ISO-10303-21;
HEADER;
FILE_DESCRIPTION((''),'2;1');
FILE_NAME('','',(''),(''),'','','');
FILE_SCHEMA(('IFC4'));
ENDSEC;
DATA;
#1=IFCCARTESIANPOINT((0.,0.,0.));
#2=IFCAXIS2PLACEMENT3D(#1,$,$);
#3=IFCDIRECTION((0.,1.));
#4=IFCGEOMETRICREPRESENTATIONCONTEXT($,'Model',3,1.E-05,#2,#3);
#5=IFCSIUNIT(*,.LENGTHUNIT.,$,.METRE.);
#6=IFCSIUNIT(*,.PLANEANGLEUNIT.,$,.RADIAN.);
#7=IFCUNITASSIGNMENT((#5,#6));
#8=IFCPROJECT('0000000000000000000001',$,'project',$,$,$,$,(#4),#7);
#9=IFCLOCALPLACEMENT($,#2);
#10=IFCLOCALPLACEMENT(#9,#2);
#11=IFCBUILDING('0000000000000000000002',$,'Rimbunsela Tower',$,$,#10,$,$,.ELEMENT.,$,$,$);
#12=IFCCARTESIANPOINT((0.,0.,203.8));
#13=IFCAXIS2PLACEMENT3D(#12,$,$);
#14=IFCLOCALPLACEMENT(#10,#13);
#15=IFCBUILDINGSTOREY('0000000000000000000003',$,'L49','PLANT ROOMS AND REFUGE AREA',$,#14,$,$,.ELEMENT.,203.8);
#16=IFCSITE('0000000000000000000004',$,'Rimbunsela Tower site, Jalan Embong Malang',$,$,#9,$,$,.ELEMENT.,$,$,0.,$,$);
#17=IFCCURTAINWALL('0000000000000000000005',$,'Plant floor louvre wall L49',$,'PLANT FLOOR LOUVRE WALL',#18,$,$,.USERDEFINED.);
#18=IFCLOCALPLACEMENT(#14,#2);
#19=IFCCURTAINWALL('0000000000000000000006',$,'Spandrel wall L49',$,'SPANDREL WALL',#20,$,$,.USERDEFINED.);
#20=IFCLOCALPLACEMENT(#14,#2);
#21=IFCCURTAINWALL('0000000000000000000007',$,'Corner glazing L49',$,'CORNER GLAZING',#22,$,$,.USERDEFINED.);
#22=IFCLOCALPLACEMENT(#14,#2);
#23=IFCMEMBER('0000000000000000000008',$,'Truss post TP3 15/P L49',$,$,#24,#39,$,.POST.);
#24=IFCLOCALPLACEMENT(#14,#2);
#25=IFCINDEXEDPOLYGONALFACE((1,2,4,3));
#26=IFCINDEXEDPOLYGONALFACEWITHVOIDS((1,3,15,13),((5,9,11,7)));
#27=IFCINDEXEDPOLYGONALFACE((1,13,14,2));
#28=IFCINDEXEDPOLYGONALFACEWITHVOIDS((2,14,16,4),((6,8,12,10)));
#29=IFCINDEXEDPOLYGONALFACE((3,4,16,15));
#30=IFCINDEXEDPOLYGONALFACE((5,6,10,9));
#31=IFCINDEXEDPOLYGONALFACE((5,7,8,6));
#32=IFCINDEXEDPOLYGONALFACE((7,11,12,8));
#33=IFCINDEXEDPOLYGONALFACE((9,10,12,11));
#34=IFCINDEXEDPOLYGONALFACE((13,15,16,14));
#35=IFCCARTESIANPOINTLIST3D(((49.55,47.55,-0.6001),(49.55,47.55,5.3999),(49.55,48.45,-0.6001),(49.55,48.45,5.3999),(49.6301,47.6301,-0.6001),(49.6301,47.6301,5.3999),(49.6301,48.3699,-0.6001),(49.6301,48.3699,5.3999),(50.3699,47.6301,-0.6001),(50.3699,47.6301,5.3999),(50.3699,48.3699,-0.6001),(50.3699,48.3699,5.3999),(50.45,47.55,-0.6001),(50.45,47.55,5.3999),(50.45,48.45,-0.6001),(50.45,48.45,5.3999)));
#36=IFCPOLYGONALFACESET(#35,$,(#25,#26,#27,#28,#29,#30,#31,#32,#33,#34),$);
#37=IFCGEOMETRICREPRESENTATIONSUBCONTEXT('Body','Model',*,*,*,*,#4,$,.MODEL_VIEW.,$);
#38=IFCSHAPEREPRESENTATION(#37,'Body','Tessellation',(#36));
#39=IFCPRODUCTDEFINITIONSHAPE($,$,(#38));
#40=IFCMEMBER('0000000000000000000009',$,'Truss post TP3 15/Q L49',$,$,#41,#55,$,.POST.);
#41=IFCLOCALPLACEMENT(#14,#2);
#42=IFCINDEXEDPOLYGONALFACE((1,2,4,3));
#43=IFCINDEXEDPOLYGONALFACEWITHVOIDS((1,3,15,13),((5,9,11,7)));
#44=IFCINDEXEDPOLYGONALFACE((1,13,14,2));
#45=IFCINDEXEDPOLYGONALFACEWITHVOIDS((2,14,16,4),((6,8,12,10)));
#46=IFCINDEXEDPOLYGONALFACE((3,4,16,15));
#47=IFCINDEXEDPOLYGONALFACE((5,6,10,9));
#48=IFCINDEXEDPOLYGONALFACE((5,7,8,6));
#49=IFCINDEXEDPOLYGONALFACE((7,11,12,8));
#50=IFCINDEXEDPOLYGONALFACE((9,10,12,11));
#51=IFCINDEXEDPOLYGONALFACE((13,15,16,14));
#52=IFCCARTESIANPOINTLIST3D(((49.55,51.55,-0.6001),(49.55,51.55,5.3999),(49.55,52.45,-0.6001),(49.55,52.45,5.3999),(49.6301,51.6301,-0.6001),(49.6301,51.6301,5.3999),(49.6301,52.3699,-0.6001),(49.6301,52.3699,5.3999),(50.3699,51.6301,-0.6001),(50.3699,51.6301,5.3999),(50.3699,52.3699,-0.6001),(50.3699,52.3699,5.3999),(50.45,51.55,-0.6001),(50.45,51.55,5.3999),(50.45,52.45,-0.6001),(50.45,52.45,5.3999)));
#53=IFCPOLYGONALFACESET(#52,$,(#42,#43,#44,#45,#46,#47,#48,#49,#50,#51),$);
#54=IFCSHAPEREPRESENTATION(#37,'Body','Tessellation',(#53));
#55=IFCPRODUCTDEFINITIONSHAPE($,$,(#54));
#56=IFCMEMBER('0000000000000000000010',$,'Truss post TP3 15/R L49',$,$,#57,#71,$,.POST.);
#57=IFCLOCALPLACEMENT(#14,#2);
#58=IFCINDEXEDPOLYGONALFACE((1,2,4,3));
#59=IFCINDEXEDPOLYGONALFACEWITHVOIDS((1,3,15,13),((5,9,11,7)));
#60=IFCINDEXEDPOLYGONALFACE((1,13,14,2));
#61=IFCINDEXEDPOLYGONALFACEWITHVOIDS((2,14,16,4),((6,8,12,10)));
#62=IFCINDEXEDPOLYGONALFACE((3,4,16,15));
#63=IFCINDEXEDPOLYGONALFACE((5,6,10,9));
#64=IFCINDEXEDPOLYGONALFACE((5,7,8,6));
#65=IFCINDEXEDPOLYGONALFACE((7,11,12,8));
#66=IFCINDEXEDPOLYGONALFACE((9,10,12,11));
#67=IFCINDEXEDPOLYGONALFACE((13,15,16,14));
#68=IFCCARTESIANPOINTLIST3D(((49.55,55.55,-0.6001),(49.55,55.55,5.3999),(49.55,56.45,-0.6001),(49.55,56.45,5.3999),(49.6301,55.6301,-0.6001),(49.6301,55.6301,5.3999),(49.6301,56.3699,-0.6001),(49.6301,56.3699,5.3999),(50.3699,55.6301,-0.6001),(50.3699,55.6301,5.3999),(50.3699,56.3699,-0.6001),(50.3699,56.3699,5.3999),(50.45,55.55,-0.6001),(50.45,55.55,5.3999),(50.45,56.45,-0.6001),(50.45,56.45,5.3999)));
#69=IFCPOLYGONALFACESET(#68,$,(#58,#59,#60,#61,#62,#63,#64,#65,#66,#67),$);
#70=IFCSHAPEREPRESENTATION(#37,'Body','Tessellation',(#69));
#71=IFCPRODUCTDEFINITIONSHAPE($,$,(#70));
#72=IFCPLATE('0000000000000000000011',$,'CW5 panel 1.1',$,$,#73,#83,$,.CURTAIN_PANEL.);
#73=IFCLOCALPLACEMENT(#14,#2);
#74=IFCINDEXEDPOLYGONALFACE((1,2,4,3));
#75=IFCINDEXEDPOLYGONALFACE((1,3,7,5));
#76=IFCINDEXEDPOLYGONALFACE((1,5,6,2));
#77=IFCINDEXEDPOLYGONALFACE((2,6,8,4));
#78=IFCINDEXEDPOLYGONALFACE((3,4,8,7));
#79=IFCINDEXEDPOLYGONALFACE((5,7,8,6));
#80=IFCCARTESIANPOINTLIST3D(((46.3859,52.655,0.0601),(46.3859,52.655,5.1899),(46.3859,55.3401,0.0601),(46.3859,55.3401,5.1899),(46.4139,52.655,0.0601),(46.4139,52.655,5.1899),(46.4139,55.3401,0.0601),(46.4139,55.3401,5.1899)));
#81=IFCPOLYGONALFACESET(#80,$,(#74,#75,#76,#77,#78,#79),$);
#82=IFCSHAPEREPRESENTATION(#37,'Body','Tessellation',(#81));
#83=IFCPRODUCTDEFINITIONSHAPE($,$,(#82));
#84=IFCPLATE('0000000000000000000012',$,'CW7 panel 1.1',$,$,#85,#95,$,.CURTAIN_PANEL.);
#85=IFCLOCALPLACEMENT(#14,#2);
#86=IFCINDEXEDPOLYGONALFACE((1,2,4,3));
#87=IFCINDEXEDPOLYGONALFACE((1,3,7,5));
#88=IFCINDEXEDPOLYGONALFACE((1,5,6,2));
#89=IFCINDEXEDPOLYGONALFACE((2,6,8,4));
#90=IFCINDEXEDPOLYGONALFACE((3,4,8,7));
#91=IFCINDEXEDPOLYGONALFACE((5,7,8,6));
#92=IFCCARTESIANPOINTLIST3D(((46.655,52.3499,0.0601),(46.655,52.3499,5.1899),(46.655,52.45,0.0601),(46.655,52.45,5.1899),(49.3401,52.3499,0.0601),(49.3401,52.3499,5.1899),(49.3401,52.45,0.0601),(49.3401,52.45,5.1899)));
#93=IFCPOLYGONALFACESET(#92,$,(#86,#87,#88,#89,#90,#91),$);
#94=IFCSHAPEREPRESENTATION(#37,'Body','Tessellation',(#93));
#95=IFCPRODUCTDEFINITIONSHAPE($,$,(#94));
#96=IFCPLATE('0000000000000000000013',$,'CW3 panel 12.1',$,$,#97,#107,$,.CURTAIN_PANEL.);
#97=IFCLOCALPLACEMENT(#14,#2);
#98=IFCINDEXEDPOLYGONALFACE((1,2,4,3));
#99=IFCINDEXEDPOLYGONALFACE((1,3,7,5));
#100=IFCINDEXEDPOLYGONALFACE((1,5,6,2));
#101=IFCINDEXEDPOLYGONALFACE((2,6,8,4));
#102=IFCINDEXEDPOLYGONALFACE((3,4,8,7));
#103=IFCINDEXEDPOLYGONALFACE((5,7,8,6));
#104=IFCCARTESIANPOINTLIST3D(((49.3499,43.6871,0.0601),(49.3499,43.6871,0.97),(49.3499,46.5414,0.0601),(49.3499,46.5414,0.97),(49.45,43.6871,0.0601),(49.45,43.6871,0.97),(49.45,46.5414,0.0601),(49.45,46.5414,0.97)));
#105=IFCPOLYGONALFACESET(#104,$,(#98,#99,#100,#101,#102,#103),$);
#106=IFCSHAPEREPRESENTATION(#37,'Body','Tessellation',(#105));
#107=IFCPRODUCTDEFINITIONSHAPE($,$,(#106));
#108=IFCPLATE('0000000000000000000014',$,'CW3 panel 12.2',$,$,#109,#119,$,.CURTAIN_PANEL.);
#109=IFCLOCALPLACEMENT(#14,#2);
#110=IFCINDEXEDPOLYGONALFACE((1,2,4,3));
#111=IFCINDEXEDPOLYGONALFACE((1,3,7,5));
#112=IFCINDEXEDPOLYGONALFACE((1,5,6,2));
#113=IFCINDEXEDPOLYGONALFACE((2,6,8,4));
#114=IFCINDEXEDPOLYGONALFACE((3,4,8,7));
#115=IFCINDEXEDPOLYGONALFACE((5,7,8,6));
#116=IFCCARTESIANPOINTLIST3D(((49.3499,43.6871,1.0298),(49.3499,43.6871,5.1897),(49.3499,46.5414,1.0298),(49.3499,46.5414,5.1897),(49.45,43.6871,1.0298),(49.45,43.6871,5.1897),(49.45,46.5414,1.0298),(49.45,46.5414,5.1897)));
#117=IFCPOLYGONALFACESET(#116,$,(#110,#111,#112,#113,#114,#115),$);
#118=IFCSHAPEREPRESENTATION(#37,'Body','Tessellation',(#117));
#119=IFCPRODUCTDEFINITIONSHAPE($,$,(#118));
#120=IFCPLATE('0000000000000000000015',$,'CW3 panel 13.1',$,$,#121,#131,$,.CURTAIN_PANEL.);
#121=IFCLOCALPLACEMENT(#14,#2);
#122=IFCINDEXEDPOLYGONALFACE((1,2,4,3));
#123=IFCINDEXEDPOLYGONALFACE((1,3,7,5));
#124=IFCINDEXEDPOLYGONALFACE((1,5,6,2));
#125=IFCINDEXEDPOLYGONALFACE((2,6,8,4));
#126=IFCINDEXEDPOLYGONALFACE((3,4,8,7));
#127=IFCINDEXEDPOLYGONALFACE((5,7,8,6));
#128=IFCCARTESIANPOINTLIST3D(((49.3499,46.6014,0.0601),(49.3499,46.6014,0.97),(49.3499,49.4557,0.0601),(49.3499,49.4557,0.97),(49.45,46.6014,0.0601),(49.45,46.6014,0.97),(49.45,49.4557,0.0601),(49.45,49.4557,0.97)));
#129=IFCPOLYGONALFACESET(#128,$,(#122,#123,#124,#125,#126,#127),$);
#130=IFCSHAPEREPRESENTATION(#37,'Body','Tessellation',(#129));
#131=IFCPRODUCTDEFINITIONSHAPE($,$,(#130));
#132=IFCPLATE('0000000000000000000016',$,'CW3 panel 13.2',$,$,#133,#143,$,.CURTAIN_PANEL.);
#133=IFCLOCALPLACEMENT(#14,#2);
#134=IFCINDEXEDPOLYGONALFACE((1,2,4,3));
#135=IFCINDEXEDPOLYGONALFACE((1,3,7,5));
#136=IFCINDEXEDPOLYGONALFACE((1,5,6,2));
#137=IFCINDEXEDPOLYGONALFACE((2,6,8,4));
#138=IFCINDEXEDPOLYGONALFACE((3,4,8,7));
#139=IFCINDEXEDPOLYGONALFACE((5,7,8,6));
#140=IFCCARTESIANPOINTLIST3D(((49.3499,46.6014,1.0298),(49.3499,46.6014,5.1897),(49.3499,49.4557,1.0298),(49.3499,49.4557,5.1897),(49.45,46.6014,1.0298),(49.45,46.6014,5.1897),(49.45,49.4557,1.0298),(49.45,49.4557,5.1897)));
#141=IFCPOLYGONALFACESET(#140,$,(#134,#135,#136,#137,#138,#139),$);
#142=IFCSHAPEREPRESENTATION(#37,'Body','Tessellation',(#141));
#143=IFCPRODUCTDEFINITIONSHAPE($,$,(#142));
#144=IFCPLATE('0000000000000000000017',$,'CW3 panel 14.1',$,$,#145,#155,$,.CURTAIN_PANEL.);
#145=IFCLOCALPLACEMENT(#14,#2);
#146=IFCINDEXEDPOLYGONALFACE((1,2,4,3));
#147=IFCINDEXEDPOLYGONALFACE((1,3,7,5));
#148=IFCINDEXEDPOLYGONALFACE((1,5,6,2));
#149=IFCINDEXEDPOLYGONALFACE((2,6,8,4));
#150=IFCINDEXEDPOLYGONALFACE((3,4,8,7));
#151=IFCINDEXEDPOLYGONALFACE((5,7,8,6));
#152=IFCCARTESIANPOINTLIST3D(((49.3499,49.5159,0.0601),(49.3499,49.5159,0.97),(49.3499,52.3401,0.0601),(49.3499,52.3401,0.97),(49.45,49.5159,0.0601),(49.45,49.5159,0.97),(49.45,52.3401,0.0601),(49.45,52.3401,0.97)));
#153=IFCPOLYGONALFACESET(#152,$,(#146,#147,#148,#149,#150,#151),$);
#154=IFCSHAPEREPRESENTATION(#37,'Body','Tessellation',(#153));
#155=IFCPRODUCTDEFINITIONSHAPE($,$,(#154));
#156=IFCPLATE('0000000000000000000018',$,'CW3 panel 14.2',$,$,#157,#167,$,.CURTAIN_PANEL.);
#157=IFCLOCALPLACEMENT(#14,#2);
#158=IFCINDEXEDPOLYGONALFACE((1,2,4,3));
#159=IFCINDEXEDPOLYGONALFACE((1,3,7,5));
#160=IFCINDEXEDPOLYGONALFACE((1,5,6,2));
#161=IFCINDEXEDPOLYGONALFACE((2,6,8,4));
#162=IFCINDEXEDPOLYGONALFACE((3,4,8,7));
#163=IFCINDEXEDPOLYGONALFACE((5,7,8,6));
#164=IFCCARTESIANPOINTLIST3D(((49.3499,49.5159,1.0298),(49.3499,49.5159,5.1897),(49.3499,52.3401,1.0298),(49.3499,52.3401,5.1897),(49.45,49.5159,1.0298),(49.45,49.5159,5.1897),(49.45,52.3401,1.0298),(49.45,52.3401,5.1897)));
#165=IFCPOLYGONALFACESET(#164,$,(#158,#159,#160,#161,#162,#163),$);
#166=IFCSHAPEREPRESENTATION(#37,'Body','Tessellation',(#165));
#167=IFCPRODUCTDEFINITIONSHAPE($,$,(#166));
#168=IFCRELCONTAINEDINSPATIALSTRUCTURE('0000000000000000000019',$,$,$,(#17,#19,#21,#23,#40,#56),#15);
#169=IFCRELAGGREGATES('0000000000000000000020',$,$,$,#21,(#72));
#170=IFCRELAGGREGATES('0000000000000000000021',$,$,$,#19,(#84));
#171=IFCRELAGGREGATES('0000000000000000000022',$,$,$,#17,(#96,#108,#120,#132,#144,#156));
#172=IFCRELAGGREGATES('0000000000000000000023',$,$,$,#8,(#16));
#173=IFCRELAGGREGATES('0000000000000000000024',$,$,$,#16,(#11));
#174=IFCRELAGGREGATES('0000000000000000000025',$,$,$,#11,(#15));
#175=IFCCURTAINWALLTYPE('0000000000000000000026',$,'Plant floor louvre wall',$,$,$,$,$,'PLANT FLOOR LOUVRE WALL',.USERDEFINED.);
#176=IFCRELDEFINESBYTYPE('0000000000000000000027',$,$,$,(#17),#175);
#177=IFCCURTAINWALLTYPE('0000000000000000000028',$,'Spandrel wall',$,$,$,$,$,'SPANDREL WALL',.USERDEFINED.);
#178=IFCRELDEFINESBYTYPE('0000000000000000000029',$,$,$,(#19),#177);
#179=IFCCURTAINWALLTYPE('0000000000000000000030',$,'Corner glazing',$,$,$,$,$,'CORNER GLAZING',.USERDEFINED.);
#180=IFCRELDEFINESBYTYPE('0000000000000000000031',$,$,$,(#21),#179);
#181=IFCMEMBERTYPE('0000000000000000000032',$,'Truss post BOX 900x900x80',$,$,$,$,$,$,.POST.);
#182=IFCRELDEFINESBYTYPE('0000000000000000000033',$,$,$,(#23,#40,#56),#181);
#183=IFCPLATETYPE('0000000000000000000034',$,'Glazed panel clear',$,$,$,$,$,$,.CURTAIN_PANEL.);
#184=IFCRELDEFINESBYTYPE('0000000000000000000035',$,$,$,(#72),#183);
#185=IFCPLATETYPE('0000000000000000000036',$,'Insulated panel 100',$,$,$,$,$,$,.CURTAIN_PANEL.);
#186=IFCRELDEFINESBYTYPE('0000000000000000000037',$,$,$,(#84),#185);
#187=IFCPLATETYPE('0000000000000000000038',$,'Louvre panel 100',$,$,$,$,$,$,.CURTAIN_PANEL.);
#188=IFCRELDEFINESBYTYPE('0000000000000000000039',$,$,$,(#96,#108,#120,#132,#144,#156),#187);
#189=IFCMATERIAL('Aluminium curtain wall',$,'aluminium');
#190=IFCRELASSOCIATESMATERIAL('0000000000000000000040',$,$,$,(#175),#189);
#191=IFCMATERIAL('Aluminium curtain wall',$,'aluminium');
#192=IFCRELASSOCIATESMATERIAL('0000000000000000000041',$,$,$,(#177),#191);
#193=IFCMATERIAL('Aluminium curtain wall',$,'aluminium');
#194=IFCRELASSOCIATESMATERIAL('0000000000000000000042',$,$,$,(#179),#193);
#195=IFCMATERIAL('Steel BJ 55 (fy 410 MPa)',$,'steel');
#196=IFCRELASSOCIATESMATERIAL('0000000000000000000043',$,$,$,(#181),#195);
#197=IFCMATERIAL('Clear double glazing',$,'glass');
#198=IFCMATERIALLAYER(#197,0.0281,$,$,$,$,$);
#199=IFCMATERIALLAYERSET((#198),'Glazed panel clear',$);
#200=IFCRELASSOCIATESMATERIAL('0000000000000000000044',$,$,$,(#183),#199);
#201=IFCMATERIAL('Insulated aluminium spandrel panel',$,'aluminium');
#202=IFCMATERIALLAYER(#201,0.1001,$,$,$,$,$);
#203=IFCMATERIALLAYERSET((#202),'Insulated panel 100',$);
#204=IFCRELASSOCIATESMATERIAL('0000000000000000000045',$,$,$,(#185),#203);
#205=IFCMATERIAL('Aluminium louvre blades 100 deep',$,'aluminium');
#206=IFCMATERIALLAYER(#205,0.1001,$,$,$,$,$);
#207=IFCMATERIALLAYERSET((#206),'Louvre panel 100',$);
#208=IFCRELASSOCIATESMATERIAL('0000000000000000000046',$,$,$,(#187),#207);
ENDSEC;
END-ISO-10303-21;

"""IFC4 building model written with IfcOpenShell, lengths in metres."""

from ifc_helpers import new_model, si_unit, direction, frame, origin, origin_2d, place, context, subcontext, project, spatial, rectangle, hollow_rectangle, extrude, material, layer, layer_set, material_profile, profile_set, type_object, element, aggregate, save


model = new_model("IFC4")

# Units and contexts
model_context = context("Model", 3, precision=1e-05, world=origin(), true_north=direction((0.0, 1.0)))
body_context = subcontext(model_context, "Body", "Model", "MODEL_VIEW")
ifc_project = project(units=[si_unit("LENGTHUNIT", "METRE"), si_unit("PLANEANGLEUNIT", "RADIAN")], contexts=[model_context])

# Site, building, storey
site_placement = place(None, origin())
site = spatial("IfcSite", under=ifc_project, at=site_placement, Name="Rimbunsela Tower site, Jalan Embong Malang", CompositionType="ELEMENT", RefElevation=0.0)
building_placement = place(site_placement, origin())
building = spatial("IfcBuilding", under=site, at=building_placement, Name="Rimbunsela Tower", CompositionType="ELEMENT")
storey_placement = place(building_placement, frame((0.0, 0.0, 203.8)))
storey = spatial("IfcBuildingStorey", under=building, at=storey_placement, Name="L49", Description="PLANT ROOMS AND REFUGE AREA", CompositionType="ELEMENT", Elevation=203.8)

# Curtain walls
ifc_material_1 = material(Name="Aluminium curtain wall", Category="aluminium")
curtain_wall_type_1 = type_object("IfcCurtainWallType", Name="Plant floor louvre wall", ElementType="PLANT FLOOR LOUVRE WALL", PredefinedType="USERDEFINED", material=ifc_material_1)
curtain_wall_1_placement = place(storey_placement, origin())
curtain_wall_1 = element("IfcCurtainWall", 1, at=curtain_wall_1_placement, inside=storey, type_object=curtain_wall_type_1, Name="Plant floor louvre wall L49", ObjectType="PLANT FLOOR LOUVRE WALL", PredefinedType="USERDEFINED")
ifc_material_2 = material(Name="Aluminium curtain wall", Category="aluminium")
curtain_wall_type_2 = type_object("IfcCurtainWallType", Name="Spandrel wall", ElementType="SPANDREL WALL", PredefinedType="USERDEFINED", material=ifc_material_2)
curtain_wall_2_placement = place(storey_placement, origin())
curtain_wall_2 = element("IfcCurtainWall", 2, at=curtain_wall_2_placement, inside=storey, type_object=curtain_wall_type_2, Name="Spandrel wall L49", ObjectType="SPANDREL WALL", PredefinedType="USERDEFINED")
ifc_material_3 = material(Name="Aluminium curtain wall", Category="aluminium")
curtain_wall_type_3 = type_object("IfcCurtainWallType", Name="Corner glazing", ElementType="CORNER GLAZING", PredefinedType="USERDEFINED", material=ifc_material_3)
curtain_wall_3_placement = place(storey_placement, origin())
curtain_wall_3 = element("IfcCurtainWall", 3, at=curtain_wall_3_placement, inside=storey, type_object=curtain_wall_type_3, Name="Corner glazing L49", ObjectType="CORNER GLAZING", PredefinedType="USERDEFINED")

# Members
ifc_material_4 = material(Name="Steel BJ 55 (fy 410 MPa)", Category="steel")
ifc_material_profile_1 = material_profile(ifc_material_4, hollow_rectangle(XDim=0.8999, YDim=0.8999, WallThickness=0.0801, at=origin_2d()), Name="BOX 900x900x80")
ifc_profile_set_1 = profile_set([ifc_material_profile_1], Name="Steel BJ 55 (fy 410 MPa)")
member_type_1 = type_object("IfcMemberType", Name="Truss post BOX 900x900x80", PredefinedType="POST", material=ifc_profile_set_1)
for number, where, z_axis, x_axis, name in (
    (4, (50.0, 48.0, -0.6001), (0.0, 0.0, 1.0), (1.0, 0.0, 0.0), "Truss post TP3 15/P L49"),
    (5, (50.0, 52.0, -0.6001), (0.0, 0.0, 1.0), (1.0, 0.0, 0.0), "Truss post TP3 15/Q L49"),
    (6, (50.0, 56.0, -0.6001), (0.0, 0.0, 1.0), (1.0, 0.0, 0.0), "Truss post TP3 15/R L49"),
):
    element("IfcMember", number, at=place(storey_placement, frame(where, z_axis=z_axis, x_axis=x_axis)), inside=storey, type_object=member_type_1, Name=name, PredefinedType="POST", context=body_context, shape_type="SweptSolid", body=[
        extrude(hollow_rectangle(XDim=0.8999, YDim=0.8999, WallThickness=0.0801, at=origin_2d()), origin(), (0.0, 0.0, 1.0), 6.0),
    ])

# Plates
ifc_material_5 = material(Name="Clear double glazing", Category="glass")
ifc_layer_1 = layer(ifc_material_5, 0.0281)
ifc_layer_set_1 = layer_set([ifc_layer_1], Name="Glazed panel clear")
plate_type_1 = type_object("IfcPlateType", Name="Glazed panel clear", PredefinedType="CURTAIN_PANEL", material=ifc_layer_set_1)
plate_1_placement = place(storey_placement, frame((46.3999, 53.9976, 0.0601), z_axis=(0.0, 0.0, 1.0), x_axis=(0.0, 1.0, 0.0)))
plate_1 = element("IfcPlate", 7, at=plate_1_placement, type_object=plate_type_1, Name="CW5 panel 1.1", PredefinedType="CURTAIN_PANEL", context=body_context, shape_type="SweptSolid", body=[
    extrude(rectangle(XDim=2.6851, YDim=0.0281, at=origin_2d()), origin(), (0.0, 0.0, 1.0), 5.1299),
])
aggregate(curtain_wall_3, [plate_1])
ifc_material_6 = material(Name="Insulated aluminium spandrel panel", Category="aluminium")
ifc_layer_2 = layer(ifc_material_6, 0.1001)
ifc_layer_set_2 = layer_set([ifc_layer_2], Name="Insulated panel 100")
plate_type_2 = type_object("IfcPlateType", Name="Insulated panel 100", PredefinedType="CURTAIN_PANEL", material=ifc_layer_set_2)
plate_2_placement = place(storey_placement, frame((47.9976, 52.3999, 0.0601), z_axis=(0.0, 0.0, 1.0), x_axis=(-1.0, 0.0, 0.0)))
plate_2 = element("IfcPlate", 8, at=plate_2_placement, type_object=plate_type_2, Name="CW7 panel 1.1", PredefinedType="CURTAIN_PANEL", context=body_context, shape_type="SweptSolid", body=[
    extrude(rectangle(XDim=2.6851, YDim=0.1001, at=origin_2d()), origin(), (0.0, 0.0, 1.0), 5.1299),
])
aggregate(curtain_wall_2, [plate_2])
ifc_material_7 = material(Name="Aluminium louvre blades 100 deep", Category="aluminium")
ifc_layer_3 = layer(ifc_material_7, 0.1001)
ifc_layer_set_3 = layer_set([ifc_layer_3], Name="Louvre panel 100")
plate_type_3 = type_object("IfcPlateType", Name="Louvre panel 100", PredefinedType="CURTAIN_PANEL", material=ifc_layer_set_3)
plate_3_placement = place(storey_placement, frame((49.3999, 45.1143, 0.0601), z_axis=(0.0, 0.0, 1.0), x_axis=(0.0, 1.0, 0.0)))
plate_3 = element("IfcPlate", 9, at=plate_3_placement, type_object=plate_type_3, Name="CW3 panel 12.1", PredefinedType="CURTAIN_PANEL", context=body_context, shape_type="SweptSolid", body=[
    extrude(rectangle(XDim=2.8542, YDim=0.1001, at=origin_2d()), origin(), (0.0, 0.0, 1.0), 0.9099),
])
plate_4_placement = place(storey_placement, frame((49.3999, 45.1143, 1.0298), z_axis=(0.0, 0.0, 1.0), x_axis=(0.0, 1.0, 0.0)))
plate_4 = element("IfcPlate", 10, at=plate_4_placement, type_object=plate_type_3, Name="CW3 panel 12.2", PredefinedType="CURTAIN_PANEL", context=body_context, shape_type="SweptSolid", body=[
    extrude(rectangle(XDim=2.8542, YDim=0.1001, at=origin_2d()), origin(), (0.0, 0.0, 1.0), 4.1599),
])
plate_5_placement = place(storey_placement, frame((49.3999, 48.0286, 0.0601), z_axis=(0.0, 0.0, 1.0), x_axis=(0.0, 1.0, 0.0)))
plate_5 = element("IfcPlate", 11, at=plate_5_placement, type_object=plate_type_3, Name="CW3 panel 13.1", PredefinedType="CURTAIN_PANEL", context=body_context, shape_type="SweptSolid", body=[
    extrude(rectangle(XDim=2.8542, YDim=0.1001, at=origin_2d()), origin(), (0.0, 0.0, 1.0), 0.9099),
])
plate_6_placement = place(storey_placement, frame((49.3999, 48.0286, 1.0298), z_axis=(0.0, 0.0, 1.0), x_axis=(0.0, 1.0, 0.0)))
plate_6 = element("IfcPlate", 12, at=plate_6_placement, type_object=plate_type_3, Name="CW3 panel 13.2", PredefinedType="CURTAIN_PANEL", context=body_context, shape_type="SweptSolid", body=[
    extrude(rectangle(XDim=2.8542, YDim=0.1001, at=origin_2d()), origin(), (0.0, 0.0, 1.0), 4.1599),
])
plate_7_placement = place(storey_placement, frame((49.3999, 50.928, 0.0601), z_axis=(0.0, 0.0, 1.0), x_axis=(0.0, 1.0, 0.0)))
plate_7 = element("IfcPlate", 13, at=plate_7_placement, type_object=plate_type_3, Name="CW3 panel 14.1", PredefinedType="CURTAIN_PANEL", context=body_context, shape_type="SweptSolid", body=[
    extrude(rectangle(XDim=2.8242, YDim=0.1001, at=origin_2d()), origin(), (0.0, 0.0, 1.0), 0.9099),
])
plate_8_placement = place(storey_placement, frame((49.3999, 50.928, 1.0298), z_axis=(0.0, 0.0, 1.0), x_axis=(0.0, 1.0, 0.0)))
plate_8 = element("IfcPlate", 14, at=plate_8_placement, type_object=plate_type_3, Name="CW3 panel 14.2", PredefinedType="CURTAIN_PANEL", context=body_context, shape_type="SweptSolid", body=[
    extrude(rectangle(XDim=2.8242, YDim=0.1001, at=origin_2d()), origin(), (0.0, 0.0, 1.0), 4.1599),
])
aggregate(curtain_wall_1, [plate_3, plate_4, plate_5, plate_6, plate_7, plate_8])

save(model, "model.ifc")
